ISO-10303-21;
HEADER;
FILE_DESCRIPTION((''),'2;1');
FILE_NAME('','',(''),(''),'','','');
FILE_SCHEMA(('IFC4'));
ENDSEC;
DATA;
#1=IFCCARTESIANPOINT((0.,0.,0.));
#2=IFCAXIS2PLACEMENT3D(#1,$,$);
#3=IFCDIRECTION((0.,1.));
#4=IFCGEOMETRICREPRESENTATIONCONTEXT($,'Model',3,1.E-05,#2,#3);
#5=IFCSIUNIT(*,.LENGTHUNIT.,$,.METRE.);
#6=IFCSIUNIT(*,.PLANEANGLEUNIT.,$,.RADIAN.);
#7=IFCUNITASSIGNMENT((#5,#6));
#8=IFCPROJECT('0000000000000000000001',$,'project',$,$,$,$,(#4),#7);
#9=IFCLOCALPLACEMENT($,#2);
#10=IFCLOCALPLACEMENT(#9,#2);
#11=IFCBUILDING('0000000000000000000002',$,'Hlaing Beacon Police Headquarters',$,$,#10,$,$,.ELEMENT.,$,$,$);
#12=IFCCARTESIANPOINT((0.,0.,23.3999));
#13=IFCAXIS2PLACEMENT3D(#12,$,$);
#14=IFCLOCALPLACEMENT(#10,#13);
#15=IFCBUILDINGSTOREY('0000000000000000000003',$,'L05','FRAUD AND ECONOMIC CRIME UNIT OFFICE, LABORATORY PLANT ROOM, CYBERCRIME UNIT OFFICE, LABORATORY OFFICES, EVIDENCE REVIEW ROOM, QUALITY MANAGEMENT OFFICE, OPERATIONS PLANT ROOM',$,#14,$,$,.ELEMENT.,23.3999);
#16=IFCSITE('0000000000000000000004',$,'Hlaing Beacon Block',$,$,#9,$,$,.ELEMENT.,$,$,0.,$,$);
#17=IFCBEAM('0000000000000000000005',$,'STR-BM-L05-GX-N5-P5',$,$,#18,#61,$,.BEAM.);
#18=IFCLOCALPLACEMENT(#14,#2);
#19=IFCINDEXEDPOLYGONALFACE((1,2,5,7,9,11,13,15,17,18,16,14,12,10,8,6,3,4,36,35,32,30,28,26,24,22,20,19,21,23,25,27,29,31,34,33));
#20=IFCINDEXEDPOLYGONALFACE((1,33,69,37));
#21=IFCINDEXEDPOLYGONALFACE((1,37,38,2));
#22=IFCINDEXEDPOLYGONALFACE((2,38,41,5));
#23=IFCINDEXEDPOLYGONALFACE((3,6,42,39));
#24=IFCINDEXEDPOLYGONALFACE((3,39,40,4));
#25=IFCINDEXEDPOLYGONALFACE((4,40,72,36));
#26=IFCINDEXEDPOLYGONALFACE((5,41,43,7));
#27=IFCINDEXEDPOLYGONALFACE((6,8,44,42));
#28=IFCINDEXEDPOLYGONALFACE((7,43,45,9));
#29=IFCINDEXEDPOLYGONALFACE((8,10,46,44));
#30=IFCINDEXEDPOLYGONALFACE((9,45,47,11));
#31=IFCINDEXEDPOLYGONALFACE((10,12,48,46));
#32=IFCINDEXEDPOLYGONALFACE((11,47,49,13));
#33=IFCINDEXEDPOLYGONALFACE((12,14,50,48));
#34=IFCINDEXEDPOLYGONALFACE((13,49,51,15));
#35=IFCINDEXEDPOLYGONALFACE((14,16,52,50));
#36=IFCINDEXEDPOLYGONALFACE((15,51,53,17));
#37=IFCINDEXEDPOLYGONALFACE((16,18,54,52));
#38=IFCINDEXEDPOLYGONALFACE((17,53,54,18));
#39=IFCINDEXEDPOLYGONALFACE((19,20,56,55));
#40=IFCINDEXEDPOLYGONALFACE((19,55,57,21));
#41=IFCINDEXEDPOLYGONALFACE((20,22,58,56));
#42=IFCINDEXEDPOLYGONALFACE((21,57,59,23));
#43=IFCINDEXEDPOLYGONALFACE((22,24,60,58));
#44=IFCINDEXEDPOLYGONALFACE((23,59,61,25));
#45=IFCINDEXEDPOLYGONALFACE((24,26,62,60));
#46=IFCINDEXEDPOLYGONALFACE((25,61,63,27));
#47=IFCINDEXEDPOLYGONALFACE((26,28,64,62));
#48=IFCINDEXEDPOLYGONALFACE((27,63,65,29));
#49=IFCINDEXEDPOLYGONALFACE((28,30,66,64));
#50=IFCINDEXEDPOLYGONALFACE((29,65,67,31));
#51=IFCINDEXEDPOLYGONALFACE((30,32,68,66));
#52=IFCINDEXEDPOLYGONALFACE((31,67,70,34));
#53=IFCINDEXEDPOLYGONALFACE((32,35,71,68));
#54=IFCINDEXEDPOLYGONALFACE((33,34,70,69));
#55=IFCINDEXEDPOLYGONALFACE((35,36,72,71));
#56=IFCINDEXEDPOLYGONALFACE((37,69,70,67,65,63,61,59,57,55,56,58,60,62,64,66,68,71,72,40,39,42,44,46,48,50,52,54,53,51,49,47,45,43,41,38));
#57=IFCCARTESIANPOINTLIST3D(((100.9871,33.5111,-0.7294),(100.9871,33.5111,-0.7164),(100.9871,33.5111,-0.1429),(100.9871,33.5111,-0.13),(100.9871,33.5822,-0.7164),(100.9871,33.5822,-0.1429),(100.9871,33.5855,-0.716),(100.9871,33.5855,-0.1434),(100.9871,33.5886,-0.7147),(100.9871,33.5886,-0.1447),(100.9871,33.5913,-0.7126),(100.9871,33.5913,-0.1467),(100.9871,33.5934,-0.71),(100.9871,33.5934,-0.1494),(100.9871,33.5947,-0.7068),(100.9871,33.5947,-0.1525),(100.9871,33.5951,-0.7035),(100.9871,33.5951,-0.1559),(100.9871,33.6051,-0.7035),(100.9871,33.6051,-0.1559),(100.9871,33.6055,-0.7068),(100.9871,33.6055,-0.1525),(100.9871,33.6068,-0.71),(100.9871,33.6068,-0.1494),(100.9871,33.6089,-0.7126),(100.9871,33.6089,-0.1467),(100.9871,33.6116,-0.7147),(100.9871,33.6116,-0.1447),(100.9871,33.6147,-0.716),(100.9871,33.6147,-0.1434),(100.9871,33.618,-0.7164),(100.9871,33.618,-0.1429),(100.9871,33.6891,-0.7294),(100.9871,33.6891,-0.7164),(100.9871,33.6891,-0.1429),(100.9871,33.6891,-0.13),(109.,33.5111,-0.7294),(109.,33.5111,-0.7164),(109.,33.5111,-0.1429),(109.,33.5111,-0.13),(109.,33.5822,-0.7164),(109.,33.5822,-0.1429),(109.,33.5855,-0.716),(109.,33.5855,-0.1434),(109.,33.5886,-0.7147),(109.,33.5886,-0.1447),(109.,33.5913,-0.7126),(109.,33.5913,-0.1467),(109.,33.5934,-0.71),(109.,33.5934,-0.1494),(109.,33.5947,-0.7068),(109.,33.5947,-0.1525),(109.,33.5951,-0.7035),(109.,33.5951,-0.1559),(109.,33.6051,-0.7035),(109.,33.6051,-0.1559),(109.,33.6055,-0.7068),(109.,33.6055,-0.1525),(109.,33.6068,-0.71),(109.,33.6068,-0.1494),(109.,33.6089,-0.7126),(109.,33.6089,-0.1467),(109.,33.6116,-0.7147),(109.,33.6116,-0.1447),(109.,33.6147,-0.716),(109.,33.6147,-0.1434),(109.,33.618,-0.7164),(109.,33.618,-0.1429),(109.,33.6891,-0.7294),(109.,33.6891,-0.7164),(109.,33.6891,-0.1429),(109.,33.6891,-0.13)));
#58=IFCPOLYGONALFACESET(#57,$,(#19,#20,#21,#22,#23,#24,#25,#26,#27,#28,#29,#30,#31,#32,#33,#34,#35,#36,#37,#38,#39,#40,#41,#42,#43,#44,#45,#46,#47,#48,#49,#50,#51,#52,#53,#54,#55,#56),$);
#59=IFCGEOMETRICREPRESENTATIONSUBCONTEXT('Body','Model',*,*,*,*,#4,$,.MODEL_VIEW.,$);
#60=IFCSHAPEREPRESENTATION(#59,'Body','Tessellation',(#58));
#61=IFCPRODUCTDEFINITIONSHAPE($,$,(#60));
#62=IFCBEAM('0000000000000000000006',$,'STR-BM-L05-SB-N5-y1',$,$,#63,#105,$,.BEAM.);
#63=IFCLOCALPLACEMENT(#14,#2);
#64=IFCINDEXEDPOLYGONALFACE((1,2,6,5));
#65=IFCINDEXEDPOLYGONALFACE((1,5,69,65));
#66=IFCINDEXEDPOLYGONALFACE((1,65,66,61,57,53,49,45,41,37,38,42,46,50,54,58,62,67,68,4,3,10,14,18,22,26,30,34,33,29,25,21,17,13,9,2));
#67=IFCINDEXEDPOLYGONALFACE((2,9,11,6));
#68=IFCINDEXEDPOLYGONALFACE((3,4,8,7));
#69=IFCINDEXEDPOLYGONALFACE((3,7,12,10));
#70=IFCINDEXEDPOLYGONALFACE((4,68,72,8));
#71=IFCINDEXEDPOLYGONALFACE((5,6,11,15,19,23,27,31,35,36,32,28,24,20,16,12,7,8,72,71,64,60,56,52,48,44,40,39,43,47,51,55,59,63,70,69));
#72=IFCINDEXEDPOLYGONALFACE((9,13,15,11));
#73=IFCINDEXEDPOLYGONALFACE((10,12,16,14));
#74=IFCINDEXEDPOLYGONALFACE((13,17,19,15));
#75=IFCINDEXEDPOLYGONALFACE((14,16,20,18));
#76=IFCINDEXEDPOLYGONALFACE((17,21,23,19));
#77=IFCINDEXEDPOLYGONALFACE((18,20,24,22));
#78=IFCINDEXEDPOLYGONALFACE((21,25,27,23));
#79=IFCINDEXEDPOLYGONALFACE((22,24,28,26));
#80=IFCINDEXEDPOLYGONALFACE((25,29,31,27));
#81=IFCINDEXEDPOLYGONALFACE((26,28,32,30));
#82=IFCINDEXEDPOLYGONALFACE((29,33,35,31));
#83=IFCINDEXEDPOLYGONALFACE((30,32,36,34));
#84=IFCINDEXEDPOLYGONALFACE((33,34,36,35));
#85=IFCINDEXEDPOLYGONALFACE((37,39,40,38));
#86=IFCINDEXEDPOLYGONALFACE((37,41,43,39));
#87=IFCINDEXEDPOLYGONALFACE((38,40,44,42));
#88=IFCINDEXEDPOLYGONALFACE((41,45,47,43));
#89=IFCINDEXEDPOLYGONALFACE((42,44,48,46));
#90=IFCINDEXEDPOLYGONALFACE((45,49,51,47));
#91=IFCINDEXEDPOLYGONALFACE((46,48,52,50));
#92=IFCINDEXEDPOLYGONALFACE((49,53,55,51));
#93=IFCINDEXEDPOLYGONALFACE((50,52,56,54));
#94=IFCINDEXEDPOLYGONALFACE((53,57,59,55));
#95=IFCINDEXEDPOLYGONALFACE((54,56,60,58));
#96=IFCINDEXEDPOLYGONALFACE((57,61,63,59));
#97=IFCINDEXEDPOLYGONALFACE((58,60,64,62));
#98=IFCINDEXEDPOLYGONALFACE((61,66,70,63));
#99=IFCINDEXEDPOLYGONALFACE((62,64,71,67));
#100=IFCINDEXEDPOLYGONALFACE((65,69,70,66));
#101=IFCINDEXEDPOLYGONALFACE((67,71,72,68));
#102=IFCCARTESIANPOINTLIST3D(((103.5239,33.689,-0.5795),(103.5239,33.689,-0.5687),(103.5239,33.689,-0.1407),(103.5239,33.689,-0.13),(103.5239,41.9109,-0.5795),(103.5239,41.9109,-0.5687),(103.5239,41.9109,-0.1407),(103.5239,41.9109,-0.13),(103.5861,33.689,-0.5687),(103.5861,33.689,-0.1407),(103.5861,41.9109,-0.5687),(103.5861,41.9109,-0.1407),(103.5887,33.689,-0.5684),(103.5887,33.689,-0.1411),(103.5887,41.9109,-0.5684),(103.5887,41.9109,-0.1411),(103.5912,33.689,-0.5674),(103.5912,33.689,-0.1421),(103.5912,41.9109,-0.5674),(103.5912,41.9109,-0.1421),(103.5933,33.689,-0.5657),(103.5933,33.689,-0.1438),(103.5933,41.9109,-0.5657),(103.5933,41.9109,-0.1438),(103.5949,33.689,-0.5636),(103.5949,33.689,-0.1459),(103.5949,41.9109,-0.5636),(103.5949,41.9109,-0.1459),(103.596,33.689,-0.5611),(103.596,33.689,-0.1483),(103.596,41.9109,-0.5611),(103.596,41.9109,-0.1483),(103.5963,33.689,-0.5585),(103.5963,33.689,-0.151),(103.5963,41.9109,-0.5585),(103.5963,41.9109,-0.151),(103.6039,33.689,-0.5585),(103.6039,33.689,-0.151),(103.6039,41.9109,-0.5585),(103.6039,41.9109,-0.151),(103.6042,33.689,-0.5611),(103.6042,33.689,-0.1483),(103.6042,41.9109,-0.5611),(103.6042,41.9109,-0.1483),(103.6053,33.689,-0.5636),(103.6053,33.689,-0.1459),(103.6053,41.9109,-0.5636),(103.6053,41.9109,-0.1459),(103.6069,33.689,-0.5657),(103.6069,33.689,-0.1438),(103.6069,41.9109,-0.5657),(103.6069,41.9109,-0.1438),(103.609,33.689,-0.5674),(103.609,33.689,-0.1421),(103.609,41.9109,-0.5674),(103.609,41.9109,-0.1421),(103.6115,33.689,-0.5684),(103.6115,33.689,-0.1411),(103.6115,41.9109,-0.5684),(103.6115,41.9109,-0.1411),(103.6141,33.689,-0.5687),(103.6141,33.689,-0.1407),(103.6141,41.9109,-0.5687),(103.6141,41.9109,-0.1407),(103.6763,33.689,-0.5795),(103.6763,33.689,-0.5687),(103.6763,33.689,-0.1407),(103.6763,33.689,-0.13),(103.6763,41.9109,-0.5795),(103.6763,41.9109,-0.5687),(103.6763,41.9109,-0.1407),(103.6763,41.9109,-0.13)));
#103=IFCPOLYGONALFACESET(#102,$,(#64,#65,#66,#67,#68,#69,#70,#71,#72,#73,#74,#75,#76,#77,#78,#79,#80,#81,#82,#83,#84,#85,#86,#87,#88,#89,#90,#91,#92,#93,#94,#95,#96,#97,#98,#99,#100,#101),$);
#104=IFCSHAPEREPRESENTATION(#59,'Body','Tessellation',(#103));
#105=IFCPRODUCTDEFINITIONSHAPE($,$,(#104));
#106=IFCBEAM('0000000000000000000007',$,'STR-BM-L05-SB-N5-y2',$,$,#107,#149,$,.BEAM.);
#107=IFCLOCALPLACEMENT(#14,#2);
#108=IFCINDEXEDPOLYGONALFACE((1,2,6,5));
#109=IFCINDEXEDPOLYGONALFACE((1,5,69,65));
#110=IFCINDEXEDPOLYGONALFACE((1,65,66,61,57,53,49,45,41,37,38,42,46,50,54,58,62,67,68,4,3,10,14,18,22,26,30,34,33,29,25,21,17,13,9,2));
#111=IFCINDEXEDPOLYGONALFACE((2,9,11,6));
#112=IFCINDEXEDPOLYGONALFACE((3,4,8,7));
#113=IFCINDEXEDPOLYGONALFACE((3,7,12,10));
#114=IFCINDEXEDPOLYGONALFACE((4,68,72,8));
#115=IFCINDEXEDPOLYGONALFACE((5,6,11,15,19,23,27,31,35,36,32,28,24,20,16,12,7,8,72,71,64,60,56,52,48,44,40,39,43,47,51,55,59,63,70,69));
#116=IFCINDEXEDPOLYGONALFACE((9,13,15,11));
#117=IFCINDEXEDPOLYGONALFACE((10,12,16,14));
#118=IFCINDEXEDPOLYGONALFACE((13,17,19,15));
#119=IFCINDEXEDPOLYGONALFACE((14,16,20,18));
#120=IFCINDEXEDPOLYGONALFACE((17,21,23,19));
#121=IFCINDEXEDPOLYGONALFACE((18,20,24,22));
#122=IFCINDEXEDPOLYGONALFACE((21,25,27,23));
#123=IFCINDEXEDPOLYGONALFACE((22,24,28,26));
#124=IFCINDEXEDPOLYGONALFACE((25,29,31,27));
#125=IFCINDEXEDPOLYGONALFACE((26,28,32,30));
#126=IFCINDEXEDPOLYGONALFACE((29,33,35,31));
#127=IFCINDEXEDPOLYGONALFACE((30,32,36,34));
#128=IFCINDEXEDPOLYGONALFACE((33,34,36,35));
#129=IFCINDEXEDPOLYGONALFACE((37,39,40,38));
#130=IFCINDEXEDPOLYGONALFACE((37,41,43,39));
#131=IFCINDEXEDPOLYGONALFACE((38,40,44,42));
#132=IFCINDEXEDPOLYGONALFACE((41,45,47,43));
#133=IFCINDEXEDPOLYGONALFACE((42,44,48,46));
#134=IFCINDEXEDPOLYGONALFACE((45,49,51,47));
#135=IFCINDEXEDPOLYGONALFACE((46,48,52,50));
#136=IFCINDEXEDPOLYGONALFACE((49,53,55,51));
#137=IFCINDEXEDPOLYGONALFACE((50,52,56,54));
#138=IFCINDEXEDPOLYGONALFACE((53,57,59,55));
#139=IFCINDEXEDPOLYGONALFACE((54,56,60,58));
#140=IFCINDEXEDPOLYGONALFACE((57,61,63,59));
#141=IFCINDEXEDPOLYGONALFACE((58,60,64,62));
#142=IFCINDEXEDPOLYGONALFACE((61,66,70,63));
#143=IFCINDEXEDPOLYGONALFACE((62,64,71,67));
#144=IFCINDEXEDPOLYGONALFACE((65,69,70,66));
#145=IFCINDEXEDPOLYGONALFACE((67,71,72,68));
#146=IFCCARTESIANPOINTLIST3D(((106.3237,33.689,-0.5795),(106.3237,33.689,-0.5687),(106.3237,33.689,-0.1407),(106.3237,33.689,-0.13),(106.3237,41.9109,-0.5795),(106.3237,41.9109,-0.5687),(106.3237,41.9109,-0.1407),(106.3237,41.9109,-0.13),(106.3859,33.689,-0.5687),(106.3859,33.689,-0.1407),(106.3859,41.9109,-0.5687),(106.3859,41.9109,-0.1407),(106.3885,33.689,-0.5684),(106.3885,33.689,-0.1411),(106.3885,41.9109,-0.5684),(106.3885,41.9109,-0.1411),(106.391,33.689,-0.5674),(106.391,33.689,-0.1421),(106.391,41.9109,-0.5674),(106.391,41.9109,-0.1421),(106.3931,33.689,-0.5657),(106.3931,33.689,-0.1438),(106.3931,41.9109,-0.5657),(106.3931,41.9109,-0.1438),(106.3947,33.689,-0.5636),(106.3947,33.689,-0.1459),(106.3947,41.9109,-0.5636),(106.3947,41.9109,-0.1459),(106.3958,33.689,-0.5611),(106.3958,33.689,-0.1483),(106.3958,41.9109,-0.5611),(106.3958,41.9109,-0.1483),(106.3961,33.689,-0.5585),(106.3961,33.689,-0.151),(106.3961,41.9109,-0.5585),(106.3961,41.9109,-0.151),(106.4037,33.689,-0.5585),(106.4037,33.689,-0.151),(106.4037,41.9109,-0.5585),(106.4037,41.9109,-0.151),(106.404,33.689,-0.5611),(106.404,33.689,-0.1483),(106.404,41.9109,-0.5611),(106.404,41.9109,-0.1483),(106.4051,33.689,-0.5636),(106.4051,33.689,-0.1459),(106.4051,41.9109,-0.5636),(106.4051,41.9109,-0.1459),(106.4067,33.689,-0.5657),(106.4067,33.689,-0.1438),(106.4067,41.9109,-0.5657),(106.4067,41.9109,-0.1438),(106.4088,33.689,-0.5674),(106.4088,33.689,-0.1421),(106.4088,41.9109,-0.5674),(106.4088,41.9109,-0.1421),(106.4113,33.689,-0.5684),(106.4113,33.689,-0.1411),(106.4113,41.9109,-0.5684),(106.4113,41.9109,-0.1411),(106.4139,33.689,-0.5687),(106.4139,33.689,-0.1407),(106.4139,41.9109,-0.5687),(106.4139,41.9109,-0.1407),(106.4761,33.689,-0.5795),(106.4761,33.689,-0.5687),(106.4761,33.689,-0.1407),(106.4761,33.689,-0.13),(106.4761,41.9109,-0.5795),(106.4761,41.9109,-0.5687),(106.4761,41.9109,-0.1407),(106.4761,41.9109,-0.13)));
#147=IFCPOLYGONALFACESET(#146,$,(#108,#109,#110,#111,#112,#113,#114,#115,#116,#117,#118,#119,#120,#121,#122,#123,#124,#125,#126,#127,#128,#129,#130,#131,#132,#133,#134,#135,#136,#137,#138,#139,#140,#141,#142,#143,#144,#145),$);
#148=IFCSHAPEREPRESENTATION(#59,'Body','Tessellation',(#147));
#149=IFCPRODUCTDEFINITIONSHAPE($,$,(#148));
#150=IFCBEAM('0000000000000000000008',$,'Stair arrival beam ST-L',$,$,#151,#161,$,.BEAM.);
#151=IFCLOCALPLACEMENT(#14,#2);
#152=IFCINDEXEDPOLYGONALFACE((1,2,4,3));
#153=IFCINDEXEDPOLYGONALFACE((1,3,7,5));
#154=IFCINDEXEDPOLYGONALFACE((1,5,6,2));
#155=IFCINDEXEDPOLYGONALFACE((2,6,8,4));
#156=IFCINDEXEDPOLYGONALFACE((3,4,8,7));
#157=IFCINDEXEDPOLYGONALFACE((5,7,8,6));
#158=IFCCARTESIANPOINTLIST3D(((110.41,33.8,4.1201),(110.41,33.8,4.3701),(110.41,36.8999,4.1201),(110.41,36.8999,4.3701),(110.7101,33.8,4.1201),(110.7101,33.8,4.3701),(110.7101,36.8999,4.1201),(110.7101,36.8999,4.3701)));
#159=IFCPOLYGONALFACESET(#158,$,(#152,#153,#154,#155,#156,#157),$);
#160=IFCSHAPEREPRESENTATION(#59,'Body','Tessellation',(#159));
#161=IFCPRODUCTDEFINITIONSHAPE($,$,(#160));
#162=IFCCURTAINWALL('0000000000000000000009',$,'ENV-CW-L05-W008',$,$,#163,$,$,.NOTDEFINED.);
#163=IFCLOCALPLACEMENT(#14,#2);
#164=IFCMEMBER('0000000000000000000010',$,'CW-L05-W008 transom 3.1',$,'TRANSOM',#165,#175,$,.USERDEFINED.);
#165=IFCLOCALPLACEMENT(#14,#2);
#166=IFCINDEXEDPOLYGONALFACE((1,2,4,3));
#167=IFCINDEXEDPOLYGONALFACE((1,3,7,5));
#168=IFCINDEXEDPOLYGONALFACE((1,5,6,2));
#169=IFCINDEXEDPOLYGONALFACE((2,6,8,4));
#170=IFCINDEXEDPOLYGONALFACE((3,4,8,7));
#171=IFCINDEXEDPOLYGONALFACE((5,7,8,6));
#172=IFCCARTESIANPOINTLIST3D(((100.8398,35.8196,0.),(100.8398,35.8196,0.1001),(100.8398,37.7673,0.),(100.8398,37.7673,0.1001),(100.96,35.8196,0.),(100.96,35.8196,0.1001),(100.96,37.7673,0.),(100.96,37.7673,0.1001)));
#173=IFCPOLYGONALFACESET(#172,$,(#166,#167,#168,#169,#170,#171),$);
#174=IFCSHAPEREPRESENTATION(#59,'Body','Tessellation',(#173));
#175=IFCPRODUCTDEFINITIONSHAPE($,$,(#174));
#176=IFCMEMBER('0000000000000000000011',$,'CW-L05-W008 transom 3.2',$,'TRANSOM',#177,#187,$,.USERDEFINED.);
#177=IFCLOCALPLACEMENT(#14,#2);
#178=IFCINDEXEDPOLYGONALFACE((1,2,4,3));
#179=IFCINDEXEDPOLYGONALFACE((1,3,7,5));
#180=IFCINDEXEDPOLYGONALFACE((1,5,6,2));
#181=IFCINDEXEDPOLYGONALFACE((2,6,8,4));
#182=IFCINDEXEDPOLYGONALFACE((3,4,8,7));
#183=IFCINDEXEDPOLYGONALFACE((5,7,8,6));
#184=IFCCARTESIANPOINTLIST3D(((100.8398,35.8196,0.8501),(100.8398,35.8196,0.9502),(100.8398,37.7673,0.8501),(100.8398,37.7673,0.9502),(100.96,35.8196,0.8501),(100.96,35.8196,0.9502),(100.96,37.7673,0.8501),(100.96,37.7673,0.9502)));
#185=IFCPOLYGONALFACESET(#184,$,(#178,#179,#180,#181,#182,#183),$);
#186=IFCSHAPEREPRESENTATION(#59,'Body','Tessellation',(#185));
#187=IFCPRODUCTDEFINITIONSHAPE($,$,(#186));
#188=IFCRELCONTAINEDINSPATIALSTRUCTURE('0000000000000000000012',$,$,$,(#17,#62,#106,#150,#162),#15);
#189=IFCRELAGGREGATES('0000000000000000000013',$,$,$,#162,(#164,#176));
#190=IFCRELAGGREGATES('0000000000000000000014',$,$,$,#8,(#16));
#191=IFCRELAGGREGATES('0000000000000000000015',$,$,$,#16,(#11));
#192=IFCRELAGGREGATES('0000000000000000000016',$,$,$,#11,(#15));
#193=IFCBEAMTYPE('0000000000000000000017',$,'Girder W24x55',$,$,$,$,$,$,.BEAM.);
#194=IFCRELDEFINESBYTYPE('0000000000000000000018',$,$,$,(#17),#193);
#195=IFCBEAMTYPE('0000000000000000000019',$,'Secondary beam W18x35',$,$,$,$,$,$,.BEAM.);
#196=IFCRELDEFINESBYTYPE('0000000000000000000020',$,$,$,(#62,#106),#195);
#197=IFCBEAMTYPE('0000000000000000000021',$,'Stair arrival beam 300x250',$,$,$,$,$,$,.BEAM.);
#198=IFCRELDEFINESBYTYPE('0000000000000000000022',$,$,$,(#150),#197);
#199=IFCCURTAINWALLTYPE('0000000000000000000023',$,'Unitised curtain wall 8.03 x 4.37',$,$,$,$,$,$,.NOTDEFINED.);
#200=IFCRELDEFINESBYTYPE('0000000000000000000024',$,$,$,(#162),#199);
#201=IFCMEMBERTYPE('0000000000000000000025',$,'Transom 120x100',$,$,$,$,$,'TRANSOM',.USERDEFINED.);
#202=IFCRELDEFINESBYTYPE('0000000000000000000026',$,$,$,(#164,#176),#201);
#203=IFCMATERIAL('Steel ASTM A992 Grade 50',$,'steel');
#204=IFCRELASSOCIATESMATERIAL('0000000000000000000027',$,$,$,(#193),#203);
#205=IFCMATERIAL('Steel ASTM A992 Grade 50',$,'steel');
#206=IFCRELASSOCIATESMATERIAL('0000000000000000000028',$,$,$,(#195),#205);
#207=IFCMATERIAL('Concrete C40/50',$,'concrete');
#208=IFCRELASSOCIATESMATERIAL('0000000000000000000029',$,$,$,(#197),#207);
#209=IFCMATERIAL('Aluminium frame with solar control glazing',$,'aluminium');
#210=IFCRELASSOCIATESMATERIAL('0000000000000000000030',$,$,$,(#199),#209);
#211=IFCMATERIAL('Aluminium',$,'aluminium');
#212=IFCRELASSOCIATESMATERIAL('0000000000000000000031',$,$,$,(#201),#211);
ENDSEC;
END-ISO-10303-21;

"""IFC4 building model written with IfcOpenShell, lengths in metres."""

from ifc_helpers import new_model, si_unit, direction, frame, origin, origin_2d, place, context, subcontext, project, spatial, rectangle, i_section, extrude, material, material_profile, profile_set, type_object, element, aggregate, save


model = new_model("IFC4")

# Units and contexts
model_context = context("Model", 3, precision=1e-05, world=origin(), true_north=direction((0.0, 1.0)))
body_context = subcontext(model_context, "Body", "Model", "MODEL_VIEW")
ifc_project = project(units=[si_unit("LENGTHUNIT", "METRE"), si_unit("PLANEANGLEUNIT", "RADIAN")], contexts=[model_context])

# Site, building, storey
site_placement = place(None, origin())
site = spatial("IfcSite", under=ifc_project, at=site_placement, Name="Hlaing Beacon Block", CompositionType="ELEMENT", RefElevation=0.0)
building_placement = place(site_placement, origin())
building = spatial("IfcBuilding", under=site, at=building_placement, Name="Hlaing Beacon Police Headquarters", CompositionType="ELEMENT")
storey_placement = place(building_placement, frame((0.0, 0.0, 23.3999)))
storey = spatial("IfcBuildingStorey", under=building, at=storey_placement, Name="L05", Description="FRAUD AND ECONOMIC CRIME UNIT OFFICE, LABORATORY PLANT ROOM, CYBERCRIME UNIT OFFICE, LABORATORY OFFICES, EVIDENCE REVIEW ROOM, QUALITY MANAGEMENT OFFICE, OPERATIONS PLANT ROOM", CompositionType="ELEMENT", Elevation=23.3999)

# Beams
ifc_material_1 = material(Name="Steel ASTM A992 Grade 50", Category="steel")
ifc_material_profile_1 = material_profile(ifc_material_1, i_section(OverallWidth=0.178, OverallDepth=0.5994, WebThickness=0.01, FlangeThickness=0.0129, FilletRadius=0.0129, at=origin_2d()), Name="W24x55")
ifc_profile_set_1 = profile_set([ifc_material_profile_1], Name="Steel ASTM A992 Grade 50")
beam_type_1 = type_object("IfcBeamType", Name="Girder W24x55", PredefinedType="BEAM", material=ifc_profile_set_1)
beam_1_placement = place(storey_placement, frame((100.9871, 33.6001, -0.4297), z_axis=(1.0, 0.0, 0.0), x_axis=(0.0, 1.0, 0.0)))
element("IfcBeam", 1, at=beam_1_placement, inside=storey, type_object=beam_type_1, Name="STR-BM-L05-GX-N5-P5", PredefinedType="BEAM", context=body_context, shape_type="SweptSolid", body=[
    extrude(i_section(OverallWidth=0.178, OverallDepth=0.5994, WebThickness=0.01, FlangeThickness=0.0129, FilletRadius=0.0129, at=origin_2d()), origin(), (0.0, 0.0, 1.0), 8.0129),
])
ifc_material_2 = material(Name="Steel ASTM A992 Grade 50", Category="steel")
ifc_material_profile_2 = material_profile(ifc_material_2, i_section(OverallWidth=0.1523, OverallDepth=0.4495, WebThickness=0.0076, FlangeThickness=0.0107, FilletRadius=0.0103, at=origin_2d()), Name="W18x35")
ifc_profile_set_2 = profile_set([ifc_material_profile_2], Name="Steel ASTM A992 Grade 50")
beam_type_2 = type_object("IfcBeamType", Name="Secondary beam W18x35", PredefinedType="BEAM", material=ifc_profile_set_2)
for number, where, z_axis, x_axis, name in (
    (2, (103.6001, 33.689, -0.3547), (0.0, 1.0, 0.0), (-1.0, 0.0, 0.0), "STR-BM-L05-SB-N5-y1"),
    (3, (106.3999, 33.689, -0.3547), (0.0, 1.0, 0.0), (-1.0, 0.0, 0.0), "STR-BM-L05-SB-N5-y2"),
):
    element("IfcBeam", number, at=place(storey_placement, frame(where, z_axis=z_axis, x_axis=x_axis)), inside=storey, type_object=beam_type_2, Name=name, PredefinedType="BEAM", context=body_context, shape_type="SweptSolid", body=[
        extrude(i_section(OverallWidth=0.1523, OverallDepth=0.4495, WebThickness=0.0076, FlangeThickness=0.0107, FilletRadius=0.0103, at=origin_2d()), origin(), (0.0, 0.0, 1.0), 8.2219),
    ])
ifc_material_3 = material(Name="Concrete C40/50", Category="concrete")
ifc_material_profile_3 = material_profile(ifc_material_3, rectangle(XDim=0.3, YDim=0.25, at=origin_2d()), Name="Stair arrival beam 300x250")
ifc_profile_set_3 = profile_set([ifc_material_profile_3], Name="Concrete C40/50")
beam_type_3 = type_object("IfcBeamType", Name="Stair arrival beam 300x250", PredefinedType="BEAM", material=ifc_profile_set_3)
beam_2_placement = place(storey_placement, frame((110.5601, 33.8, 4.2451), z_axis=(0.0, 1.0, 0.0), x_axis=(-1.0, 0.0, 0.0)))
element("IfcBeam", 4, at=beam_2_placement, inside=storey, type_object=beam_type_3, Name="Stair arrival beam ST-L", PredefinedType="BEAM", context=body_context, shape_type="SweptSolid", body=[
    extrude(rectangle(XDim=0.3, YDim=0.25, at=origin_2d()), origin(), (0.0, 0.0, 1.0), 3.0999),
])

# Curtain wall, members
ifc_material_4 = material(Name="Aluminium frame with solar control glazing", Category="aluminium")
curtain_wall_type = type_object("IfcCurtainWallType", Name="Unitised curtain wall 8.03 x 4.37", PredefinedType="NOTDEFINED", material=ifc_material_4)
curtain_wall_placement = place(storey_placement, origin())
curtain_wall = element("IfcCurtainWall", 5, at=curtain_wall_placement, inside=storey, type_object=curtain_wall_type, Name="ENV-CW-L05-W008", PredefinedType="NOTDEFINED")
ifc_material_5 = material(Name="Aluminium", Category="aluminium")
ifc_material_profile_4 = material_profile(ifc_material_5, rectangle(XDim=0.1201, YDim=0.1001, at=origin_2d()), Name="Transom 120x100")
ifc_profile_set_4 = profile_set([ifc_material_profile_4], Name="Aluminium")
member_type = type_object("IfcMemberType", Name="Transom 120x100", ElementType="TRANSOM", PredefinedType="USERDEFINED", material=ifc_profile_set_4)
member_1_placement = place(storey_placement, frame((100.8999, 37.7673, 0.05), z_axis=(0.0, -1.0, 0.0), x_axis=(1.0, 0.0, 0.0)))
member_1 = element("IfcMember", 6, at=member_1_placement, type_object=member_type, Name="CW-L05-W008 transom 3.1", ObjectType="TRANSOM", PredefinedType="USERDEFINED", context=body_context, shape_type="SweptSolid", body=[
    extrude(rectangle(XDim=0.1201, YDim=0.1001, at=origin_2d()), origin(), (0.0, 0.0, 1.0), 1.9478),
])
member_2_placement = place(storey_placement, frame((100.8999, 37.7673, 0.9001), z_axis=(0.0, -1.0, 0.0), x_axis=(1.0, 0.0, 0.0)))
member_2 = element("IfcMember", 7, at=member_2_placement, type_object=member_type, Name="CW-L05-W008 transom 3.2", ObjectType="TRANSOM", PredefinedType="USERDEFINED", context=body_context, shape_type="SweptSolid", body=[
    extrude(rectangle(XDim=0.1201, YDim=0.1001, at=origin_2d()), origin(), (0.0, 0.0, 1.0), 1.9478),
])
aggregate(curtain_wall, [member_1, member_2])

save(model, "model.ifc")
